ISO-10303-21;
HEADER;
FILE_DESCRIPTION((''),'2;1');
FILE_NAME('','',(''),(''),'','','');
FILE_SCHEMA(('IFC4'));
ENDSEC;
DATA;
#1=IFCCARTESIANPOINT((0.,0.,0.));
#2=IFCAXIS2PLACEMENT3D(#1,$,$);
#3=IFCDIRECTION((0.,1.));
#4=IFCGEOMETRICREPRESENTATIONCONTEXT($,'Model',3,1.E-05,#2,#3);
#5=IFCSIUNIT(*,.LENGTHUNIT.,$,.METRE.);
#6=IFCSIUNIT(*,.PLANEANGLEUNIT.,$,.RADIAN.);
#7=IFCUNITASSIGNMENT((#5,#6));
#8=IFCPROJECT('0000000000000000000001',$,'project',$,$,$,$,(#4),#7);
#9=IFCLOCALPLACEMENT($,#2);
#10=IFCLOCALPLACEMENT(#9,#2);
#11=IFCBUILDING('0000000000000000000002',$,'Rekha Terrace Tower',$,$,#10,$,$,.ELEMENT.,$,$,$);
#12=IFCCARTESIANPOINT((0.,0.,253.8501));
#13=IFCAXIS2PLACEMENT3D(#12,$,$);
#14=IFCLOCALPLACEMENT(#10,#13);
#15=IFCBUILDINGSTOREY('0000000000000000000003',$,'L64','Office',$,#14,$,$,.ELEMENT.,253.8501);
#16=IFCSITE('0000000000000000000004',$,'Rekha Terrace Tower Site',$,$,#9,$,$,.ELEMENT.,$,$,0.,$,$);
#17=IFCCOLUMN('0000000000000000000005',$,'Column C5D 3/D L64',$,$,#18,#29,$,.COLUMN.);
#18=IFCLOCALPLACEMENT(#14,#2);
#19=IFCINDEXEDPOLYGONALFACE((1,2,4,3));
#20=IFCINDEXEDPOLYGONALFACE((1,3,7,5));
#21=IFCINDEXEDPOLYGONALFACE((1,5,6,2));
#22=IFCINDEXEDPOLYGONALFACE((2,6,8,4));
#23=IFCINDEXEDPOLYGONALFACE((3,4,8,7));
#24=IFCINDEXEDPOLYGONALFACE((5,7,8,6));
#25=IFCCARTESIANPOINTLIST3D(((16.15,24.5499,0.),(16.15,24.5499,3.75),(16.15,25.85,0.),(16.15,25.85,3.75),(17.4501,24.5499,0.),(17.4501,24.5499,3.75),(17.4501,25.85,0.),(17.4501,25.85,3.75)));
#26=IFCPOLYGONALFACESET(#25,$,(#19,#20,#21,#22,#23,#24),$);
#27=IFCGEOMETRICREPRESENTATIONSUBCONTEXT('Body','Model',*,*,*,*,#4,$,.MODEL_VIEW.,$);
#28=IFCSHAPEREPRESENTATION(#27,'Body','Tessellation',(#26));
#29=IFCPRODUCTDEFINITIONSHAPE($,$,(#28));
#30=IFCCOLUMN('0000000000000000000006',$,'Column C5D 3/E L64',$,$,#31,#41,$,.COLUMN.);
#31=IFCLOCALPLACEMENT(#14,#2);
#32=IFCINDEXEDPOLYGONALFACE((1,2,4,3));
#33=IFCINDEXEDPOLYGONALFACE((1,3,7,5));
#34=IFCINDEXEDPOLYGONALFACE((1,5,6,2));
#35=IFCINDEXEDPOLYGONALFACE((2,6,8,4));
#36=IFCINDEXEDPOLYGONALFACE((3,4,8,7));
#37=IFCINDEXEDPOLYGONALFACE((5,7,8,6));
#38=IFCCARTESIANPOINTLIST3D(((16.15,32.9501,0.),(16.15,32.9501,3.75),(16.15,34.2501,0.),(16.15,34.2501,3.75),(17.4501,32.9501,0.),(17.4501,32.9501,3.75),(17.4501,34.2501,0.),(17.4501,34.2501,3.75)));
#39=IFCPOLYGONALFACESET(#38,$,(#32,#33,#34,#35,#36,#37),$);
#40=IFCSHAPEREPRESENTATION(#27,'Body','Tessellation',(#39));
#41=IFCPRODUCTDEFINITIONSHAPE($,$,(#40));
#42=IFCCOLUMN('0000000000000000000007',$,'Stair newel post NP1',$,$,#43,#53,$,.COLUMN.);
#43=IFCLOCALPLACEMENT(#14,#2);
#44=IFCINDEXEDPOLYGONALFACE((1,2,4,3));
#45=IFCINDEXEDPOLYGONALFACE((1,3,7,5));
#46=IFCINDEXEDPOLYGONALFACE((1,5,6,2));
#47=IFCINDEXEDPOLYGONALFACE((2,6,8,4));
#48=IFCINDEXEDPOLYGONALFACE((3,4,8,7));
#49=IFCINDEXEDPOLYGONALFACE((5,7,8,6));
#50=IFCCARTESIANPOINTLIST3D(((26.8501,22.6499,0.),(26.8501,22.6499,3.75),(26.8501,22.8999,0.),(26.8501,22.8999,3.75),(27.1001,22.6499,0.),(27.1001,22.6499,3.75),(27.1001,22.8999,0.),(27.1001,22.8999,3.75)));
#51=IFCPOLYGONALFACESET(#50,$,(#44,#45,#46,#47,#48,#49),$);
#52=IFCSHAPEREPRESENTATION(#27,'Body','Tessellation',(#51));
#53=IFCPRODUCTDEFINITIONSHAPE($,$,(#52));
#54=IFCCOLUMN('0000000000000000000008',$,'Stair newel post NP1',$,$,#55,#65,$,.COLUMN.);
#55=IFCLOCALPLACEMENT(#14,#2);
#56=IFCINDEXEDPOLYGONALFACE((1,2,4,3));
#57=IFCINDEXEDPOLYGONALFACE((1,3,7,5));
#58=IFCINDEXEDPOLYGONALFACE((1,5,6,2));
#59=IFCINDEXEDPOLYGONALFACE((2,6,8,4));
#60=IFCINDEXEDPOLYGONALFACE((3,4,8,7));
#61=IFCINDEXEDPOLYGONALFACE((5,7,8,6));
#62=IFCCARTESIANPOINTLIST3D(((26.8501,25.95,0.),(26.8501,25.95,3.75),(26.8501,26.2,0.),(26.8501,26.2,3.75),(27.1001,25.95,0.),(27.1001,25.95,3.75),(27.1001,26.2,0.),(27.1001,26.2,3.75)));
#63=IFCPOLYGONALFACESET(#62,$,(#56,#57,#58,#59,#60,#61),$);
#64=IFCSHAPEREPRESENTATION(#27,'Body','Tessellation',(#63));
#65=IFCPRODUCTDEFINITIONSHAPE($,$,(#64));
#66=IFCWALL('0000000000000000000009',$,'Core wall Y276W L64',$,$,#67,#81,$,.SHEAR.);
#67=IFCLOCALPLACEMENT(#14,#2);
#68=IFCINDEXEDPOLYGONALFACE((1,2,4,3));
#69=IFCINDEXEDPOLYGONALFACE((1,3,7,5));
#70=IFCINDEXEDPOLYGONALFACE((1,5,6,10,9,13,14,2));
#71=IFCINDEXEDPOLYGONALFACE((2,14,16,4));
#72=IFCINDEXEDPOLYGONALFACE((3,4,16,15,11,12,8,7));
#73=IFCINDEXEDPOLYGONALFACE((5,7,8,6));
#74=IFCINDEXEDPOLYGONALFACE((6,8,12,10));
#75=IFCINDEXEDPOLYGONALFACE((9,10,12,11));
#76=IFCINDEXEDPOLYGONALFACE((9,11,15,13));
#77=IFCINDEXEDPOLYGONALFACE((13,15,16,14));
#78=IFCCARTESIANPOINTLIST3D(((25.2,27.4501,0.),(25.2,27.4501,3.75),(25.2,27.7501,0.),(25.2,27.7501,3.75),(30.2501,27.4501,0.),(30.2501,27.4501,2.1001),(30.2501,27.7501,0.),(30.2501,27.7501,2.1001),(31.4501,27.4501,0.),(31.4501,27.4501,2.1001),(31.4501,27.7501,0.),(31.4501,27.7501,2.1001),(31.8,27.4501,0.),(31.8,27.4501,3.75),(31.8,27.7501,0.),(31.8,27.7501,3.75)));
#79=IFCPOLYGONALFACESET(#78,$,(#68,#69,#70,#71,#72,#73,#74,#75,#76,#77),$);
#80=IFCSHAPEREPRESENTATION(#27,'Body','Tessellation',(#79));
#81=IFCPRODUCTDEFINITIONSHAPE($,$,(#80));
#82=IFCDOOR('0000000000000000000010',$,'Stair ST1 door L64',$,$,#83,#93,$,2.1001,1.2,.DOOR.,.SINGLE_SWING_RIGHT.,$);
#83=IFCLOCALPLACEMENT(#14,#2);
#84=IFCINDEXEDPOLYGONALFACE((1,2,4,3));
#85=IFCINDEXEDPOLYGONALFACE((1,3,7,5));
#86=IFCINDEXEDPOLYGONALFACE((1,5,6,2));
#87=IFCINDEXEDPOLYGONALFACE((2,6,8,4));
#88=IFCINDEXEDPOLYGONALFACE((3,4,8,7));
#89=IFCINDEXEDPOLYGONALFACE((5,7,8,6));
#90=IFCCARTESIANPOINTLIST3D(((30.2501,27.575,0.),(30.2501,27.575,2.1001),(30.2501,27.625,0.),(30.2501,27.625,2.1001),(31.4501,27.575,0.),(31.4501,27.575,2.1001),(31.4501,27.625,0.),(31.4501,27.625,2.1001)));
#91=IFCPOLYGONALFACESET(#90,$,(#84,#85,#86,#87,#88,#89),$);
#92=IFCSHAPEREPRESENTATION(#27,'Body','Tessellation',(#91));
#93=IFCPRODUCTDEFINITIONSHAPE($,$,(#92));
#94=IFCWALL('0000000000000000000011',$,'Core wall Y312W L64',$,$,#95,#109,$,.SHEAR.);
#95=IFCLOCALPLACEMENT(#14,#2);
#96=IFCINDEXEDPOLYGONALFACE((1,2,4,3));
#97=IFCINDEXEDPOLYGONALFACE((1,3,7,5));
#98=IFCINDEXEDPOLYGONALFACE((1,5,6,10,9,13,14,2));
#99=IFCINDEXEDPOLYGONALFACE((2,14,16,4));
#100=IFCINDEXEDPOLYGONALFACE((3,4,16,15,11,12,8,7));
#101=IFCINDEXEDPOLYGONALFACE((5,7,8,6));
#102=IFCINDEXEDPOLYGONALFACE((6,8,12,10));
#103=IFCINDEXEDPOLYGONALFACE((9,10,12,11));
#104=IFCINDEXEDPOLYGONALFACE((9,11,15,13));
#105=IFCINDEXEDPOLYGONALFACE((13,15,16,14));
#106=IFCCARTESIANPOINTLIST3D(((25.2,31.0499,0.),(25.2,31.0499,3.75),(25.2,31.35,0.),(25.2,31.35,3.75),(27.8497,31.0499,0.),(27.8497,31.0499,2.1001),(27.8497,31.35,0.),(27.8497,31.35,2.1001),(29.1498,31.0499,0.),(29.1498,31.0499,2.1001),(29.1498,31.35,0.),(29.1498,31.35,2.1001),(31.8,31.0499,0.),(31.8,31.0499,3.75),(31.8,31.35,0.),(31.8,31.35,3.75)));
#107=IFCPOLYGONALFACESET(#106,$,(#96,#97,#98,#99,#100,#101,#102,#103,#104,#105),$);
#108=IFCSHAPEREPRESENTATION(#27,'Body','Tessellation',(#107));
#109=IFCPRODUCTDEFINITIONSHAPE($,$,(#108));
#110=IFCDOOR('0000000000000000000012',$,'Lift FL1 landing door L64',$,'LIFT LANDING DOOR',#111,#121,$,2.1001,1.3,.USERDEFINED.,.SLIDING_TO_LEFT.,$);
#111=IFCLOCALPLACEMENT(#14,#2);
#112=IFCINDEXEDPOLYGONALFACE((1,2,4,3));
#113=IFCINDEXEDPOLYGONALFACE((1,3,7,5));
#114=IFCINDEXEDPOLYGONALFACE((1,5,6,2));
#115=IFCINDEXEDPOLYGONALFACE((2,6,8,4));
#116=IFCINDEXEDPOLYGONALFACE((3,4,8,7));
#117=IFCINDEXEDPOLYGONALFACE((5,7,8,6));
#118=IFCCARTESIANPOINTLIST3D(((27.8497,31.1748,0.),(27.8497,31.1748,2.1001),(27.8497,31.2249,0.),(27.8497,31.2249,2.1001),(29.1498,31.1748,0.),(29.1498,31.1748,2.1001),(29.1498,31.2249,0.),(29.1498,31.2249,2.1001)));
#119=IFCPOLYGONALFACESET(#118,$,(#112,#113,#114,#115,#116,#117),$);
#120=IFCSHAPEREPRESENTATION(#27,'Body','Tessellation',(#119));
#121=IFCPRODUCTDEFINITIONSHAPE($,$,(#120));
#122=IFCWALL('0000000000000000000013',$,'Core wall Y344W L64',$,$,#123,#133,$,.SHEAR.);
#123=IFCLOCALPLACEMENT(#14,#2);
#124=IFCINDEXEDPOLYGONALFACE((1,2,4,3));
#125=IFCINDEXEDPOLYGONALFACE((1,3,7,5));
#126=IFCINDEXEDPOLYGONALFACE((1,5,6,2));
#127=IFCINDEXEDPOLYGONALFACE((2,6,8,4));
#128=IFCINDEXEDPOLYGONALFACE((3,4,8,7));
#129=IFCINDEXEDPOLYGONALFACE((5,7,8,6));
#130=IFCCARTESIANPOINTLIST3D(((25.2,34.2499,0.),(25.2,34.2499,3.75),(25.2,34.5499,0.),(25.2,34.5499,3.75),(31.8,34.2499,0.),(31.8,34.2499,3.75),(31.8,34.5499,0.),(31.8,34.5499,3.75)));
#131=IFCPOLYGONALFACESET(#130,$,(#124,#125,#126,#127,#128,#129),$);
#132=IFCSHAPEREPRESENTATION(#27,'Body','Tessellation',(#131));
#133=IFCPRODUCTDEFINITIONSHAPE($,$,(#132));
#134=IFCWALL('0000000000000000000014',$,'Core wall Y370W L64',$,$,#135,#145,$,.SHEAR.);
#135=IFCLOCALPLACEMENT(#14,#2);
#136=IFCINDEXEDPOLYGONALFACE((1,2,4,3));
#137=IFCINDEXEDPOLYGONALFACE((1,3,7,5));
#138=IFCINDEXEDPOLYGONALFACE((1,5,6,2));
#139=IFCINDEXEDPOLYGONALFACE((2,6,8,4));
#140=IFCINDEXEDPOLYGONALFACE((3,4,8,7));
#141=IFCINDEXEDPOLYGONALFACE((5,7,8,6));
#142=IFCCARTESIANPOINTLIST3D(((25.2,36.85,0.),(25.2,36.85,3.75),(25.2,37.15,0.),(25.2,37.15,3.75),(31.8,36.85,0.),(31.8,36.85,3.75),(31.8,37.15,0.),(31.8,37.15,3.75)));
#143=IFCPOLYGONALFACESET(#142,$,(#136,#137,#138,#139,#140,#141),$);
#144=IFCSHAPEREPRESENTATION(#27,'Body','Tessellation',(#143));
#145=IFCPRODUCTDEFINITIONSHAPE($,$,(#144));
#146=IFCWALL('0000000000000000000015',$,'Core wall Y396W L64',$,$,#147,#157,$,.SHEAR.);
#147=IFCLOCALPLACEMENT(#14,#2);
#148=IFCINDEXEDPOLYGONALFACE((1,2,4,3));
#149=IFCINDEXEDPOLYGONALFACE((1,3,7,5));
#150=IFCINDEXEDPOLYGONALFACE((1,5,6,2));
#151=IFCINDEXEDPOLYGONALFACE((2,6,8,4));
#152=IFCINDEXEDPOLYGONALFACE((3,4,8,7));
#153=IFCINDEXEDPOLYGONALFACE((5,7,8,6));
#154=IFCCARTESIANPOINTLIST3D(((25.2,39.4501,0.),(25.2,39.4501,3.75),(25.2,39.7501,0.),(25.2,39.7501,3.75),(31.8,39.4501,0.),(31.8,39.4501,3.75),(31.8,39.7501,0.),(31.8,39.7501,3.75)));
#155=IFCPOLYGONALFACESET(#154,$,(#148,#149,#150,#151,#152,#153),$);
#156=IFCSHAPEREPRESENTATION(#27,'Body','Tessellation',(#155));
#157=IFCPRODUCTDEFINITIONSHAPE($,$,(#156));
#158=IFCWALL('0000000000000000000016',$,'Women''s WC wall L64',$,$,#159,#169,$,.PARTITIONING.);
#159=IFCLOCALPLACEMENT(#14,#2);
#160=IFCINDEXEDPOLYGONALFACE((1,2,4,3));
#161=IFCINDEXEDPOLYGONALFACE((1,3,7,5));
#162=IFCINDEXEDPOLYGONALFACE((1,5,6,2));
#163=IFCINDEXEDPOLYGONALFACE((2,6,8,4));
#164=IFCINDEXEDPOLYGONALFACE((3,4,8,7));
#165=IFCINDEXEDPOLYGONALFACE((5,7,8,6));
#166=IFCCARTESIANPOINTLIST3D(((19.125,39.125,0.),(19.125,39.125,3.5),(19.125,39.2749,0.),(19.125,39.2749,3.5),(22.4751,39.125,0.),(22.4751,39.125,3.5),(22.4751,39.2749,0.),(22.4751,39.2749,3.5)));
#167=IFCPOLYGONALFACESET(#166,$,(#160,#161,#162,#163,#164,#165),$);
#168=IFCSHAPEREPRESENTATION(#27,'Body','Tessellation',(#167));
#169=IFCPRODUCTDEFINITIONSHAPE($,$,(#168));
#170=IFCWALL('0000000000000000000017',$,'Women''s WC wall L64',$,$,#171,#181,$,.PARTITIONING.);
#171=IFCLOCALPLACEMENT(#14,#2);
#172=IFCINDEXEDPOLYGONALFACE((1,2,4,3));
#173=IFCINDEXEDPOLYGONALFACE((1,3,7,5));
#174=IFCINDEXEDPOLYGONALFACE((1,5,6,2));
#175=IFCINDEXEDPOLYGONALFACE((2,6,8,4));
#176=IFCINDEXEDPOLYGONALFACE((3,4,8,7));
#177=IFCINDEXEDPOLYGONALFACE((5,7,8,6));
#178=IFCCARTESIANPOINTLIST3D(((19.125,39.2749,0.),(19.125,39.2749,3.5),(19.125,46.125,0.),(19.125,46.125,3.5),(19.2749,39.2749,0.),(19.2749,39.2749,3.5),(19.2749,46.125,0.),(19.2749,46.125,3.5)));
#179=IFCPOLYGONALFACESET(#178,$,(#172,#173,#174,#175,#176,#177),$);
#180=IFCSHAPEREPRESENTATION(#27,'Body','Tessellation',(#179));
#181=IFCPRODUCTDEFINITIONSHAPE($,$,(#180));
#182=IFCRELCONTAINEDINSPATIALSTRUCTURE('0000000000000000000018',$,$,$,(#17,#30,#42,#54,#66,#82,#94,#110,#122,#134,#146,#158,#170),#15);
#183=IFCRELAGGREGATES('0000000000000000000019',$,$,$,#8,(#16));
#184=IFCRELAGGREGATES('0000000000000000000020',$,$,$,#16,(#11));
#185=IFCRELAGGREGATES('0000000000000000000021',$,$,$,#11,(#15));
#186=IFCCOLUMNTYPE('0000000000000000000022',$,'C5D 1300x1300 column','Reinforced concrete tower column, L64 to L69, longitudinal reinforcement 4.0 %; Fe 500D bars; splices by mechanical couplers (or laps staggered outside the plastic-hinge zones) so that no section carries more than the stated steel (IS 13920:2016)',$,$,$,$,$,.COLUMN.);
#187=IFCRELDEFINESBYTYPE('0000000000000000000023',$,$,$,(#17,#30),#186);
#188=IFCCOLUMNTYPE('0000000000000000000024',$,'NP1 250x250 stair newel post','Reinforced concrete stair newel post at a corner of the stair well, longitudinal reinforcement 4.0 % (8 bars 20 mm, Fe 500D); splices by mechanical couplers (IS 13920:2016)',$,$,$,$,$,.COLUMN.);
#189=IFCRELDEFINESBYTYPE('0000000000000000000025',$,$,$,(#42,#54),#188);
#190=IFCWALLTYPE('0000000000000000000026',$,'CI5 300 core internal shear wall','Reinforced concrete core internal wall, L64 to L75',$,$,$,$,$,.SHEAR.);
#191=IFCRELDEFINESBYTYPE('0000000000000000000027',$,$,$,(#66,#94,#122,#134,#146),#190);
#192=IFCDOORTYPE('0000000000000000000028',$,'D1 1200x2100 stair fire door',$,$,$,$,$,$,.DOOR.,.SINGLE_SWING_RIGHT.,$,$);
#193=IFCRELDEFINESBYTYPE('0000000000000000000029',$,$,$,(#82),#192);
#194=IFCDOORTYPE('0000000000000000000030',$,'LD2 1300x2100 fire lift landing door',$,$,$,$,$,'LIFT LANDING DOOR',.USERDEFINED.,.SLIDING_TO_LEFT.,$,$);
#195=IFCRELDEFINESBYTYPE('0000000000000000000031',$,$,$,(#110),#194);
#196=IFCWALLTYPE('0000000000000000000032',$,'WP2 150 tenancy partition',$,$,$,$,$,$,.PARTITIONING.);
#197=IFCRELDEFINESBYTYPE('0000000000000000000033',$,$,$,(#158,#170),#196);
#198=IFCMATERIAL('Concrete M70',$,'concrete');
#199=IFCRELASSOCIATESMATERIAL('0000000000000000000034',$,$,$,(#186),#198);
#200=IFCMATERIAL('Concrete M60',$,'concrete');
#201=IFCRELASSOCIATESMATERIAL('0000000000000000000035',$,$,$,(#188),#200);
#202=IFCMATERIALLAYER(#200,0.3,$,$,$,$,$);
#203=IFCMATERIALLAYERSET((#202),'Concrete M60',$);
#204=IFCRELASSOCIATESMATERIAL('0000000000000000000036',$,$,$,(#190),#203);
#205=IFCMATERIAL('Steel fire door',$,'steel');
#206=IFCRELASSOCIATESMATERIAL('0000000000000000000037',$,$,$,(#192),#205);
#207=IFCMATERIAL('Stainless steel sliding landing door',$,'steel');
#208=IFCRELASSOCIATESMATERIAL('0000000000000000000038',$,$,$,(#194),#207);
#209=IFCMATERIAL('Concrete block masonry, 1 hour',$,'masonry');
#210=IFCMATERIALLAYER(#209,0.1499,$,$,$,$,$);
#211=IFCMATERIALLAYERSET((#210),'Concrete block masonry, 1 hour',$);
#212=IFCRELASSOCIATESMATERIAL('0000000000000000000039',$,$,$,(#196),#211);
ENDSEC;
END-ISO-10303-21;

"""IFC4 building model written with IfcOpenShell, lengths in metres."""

from ifc_helpers import new_model, si_unit, direction, frame, frame_2d, origin, origin_2d, place, context, subcontext, project, spatial, rectangle, extrude, material, layer, layer_set, material_profile, profile_set, type_object, element, fill, save


model = new_model("IFC4")

# Units and contexts
model_context = context("Model", 3, precision=1e-05, world=origin(), true_north=direction((0.0, 1.0)))
body_context = subcontext(model_context, "Body", "Model", "MODEL_VIEW")
ifc_project = project(units=[si_unit("LENGTHUNIT", "METRE"), si_unit("PLANEANGLEUNIT", "RADIAN")], contexts=[model_context])

# Site, building, storey
site_placement = place(None, origin())
site = spatial("IfcSite", under=ifc_project, at=site_placement, Name="Rekha Terrace Tower Site", CompositionType="ELEMENT", RefElevation=0.0)
building_placement = place(site_placement, origin())
building = spatial("IfcBuilding", under=site, at=building_placement, Name="Rekha Terrace Tower", CompositionType="ELEMENT")
storey_placement = place(building_placement, frame((0.0, 0.0, 253.8501)))
storey = spatial("IfcBuildingStorey", under=building, at=storey_placement, Name="L64", Description="Office", CompositionType="ELEMENT", Elevation=253.8501)

# Columns
ifc_material_1 = material(Name="Concrete M70", Category="concrete")
ifc_material_profile_1 = material_profile(ifc_material_1, rectangle(XDim=1.3, YDim=1.3, at=origin_2d()), Name="RC 1300x1300")
ifc_profile_set_1 = profile_set([ifc_material_profile_1], Name="Concrete M70")
column_type_1 = type_object("IfcColumnType", Name="C5D 1300x1300 column", Description="Reinforced concrete tower column, L64 to L69, longitudinal reinforcement 4.0 %; Fe 500D bars; splices by mechanical couplers (or laps staggered outside the plastic-hinge zones) so that no section carries more than the stated steel (IS 13920:2016)", PredefinedType="COLUMN", material=ifc_profile_set_1)
for number, where, z_axis, x_axis, name in (
    (1, (16.8, 25.2, 0.0), (0.0, 0.0, 1.0), (1.0, 0.0, 0.0), "Column C5D 3/D L64"),
    (2, (16.8, 33.6001, 0.0), (0.0, 0.0, 1.0), (1.0, 0.0, 0.0), "Column C5D 3/E L64"),
):
    element("IfcColumn", number, at=place(storey_placement, frame(where, z_axis=z_axis, x_axis=x_axis)), inside=storey, type_object=column_type_1, Name=name, PredefinedType="COLUMN", context=body_context, shape_type="SweptSolid", body=[
        extrude(rectangle(XDim=1.3, YDim=1.3, at=origin_2d()), origin(), (0.0, 0.0, 1.0), 3.75),
    ])
ifc_material_2 = material(Name="Concrete M60", Category="concrete")
ifc_material_profile_2 = material_profile(ifc_material_2, rectangle(XDim=0.25, YDim=0.25, at=origin_2d()), Name="RC 250x250")
ifc_profile_set_2 = profile_set([ifc_material_profile_2], Name="Concrete M60")
column_type_2 = type_object("IfcColumnType", Name="NP1 250x250 stair newel post", Description="Reinforced concrete stair newel post at a corner of the stair well, longitudinal reinforcement 4.0 % (8 bars 20 mm, Fe 500D); splices by mechanical couplers (IS 13920:2016)", PredefinedType="COLUMN", material=ifc_profile_set_2)
for number, where, z_axis, x_axis, name in (
    (3, (26.9751, 22.7749, 0.0), (0.0, 0.0, 1.0), (1.0, 0.0, 0.0), "Stair newel post NP1"),
    (4, (26.9751, 26.075, 0.0), (0.0, 0.0, 1.0), (1.0, 0.0, 0.0), "Stair newel post NP1"),
):
    element("IfcColumn", number, at=place(storey_placement, frame(where, z_axis=z_axis, x_axis=x_axis)), inside=storey, type_object=column_type_2, Name=name, PredefinedType="COLUMN", context=body_context, shape_type="SweptSolid", body=[
        extrude(rectangle(XDim=0.25, YDim=0.25, at=origin_2d()), origin(), (0.0, 0.0, 1.0), 3.75),
    ])

# Walls, openings, doors
ifc_layer_1 = layer(ifc_material_2, 0.3)
ifc_layer_set_1 = layer_set([ifc_layer_1], Name="Concrete M60")
wall_type_1 = type_object("IfcWallType", Name="CI5 300 core internal shear wall", Description="Reinforced concrete core internal wall, L64 to L75", PredefinedType="SHEAR", material=ifc_layer_set_1)
wall_1_placement = place(storey_placement, frame((25.2, 27.6001, 0.0), z_axis=(0.0, 0.0, 1.0), x_axis=(1.0, 0.0, 0.0)))
wall_1 = element("IfcWall", 5, at=wall_1_placement, inside=storey, type_object=wall_type_1, Name="Core wall Y276W L64", PredefinedType="SHEAR", context=body_context, shape_type="SweptSolid", body=[
    extrude(rectangle(XDim=6.6001, YDim=0.3, at=frame_2d((3.3, 0.0))), origin(), (0.0, 0.0, 1.0), 3.75),
])
opening_1_placement = place(wall_1_placement, frame((5.05, 0.0, 0.0)))
opening_1 = element("IfcOpeningElement", 6, at=opening_1_placement, cuts=wall_1, PredefinedType="OPENING", context=body_context, shape_type="SweptSolid", body=[
    extrude(rectangle(XDim=1.2, YDim=2.1001, at=frame_2d((0.6001, 1.05))), frame((0.0, 0.1599, 0.0), z_axis=(0.0, -1.0, 0.0), x_axis=(1.0, 0.0, 0.0)), (0.0, 0.0, 1.0), 0.3201),
])
ifc_material_3 = material(Name="Steel fire door", Category="steel")
door_type_1 = type_object("IfcDoorType", Name="D1 1200x2100 stair fire door", OperationType="SINGLE_SWING_RIGHT", PredefinedType="DOOR", material=ifc_material_3)
door_1_placement = place(opening_1_placement, origin())
door_1 = element("IfcDoor", 7, at=door_1_placement, inside=storey, type_object=door_type_1, Name="Stair ST1 door L64", OperationType="SINGLE_SWING_RIGHT", OverallHeight=2.1001, OverallWidth=1.2, PredefinedType="DOOR", context=body_context, shape_type="SweptSolid", body=[
    extrude(rectangle(XDim=1.2, YDim=2.1001, at=frame_2d((0.6001, 1.05))), frame((0.0, 0.0249, 0.0), z_axis=(0.0, -1.0, 0.0), x_axis=(1.0, 0.0, 0.0)), (0.0, 0.0, 1.0), 0.05),
])
fill(opening_1, door_1)
wall_2_placement = place(storey_placement, frame((25.2, 31.2, 0.0), z_axis=(0.0, 0.0, 1.0), x_axis=(1.0, 0.0, 0.0)))
wall_2 = element("IfcWall", 8, at=wall_2_placement, inside=storey, type_object=wall_type_1, Name="Core wall Y312W L64", PredefinedType="SHEAR", context=body_context, shape_type="SweptSolid", body=[
    extrude(rectangle(XDim=6.6001, YDim=0.3, at=frame_2d((3.3, 0.0))), origin(), (0.0, 0.0, 1.0), 3.75),
])
opening_2_placement = place(wall_2_placement, frame((2.6499, 0.0, 0.0)))
opening_2 = element("IfcOpeningElement", 9, at=opening_2_placement, cuts=wall_2, PredefinedType="OPENING", context=body_context, shape_type="SweptSolid", body=[
    extrude(rectangle(XDim=1.3, YDim=2.1001, at=frame_2d((0.6499, 1.05))), frame((0.0, 0.1599, 0.0), z_axis=(0.0, -1.0, 0.0), x_axis=(1.0, 0.0, 0.0)), (0.0, 0.0, 1.0), 0.3201),
])
ifc_material_4 = material(Name="Stainless steel sliding landing door", Category="steel")
door_type_2 = type_object("IfcDoorType", Name="LD2 1300x2100 fire lift landing door", ElementType="LIFT LANDING DOOR", OperationType="SLIDING_TO_LEFT", PredefinedType="USERDEFINED", material=ifc_material_4)
door_2_placement = place(opening_2_placement, origin())
door_2 = element("IfcDoor", 10, at=door_2_placement, inside=storey, type_object=door_type_2, Name="Lift FL1 landing door L64", ObjectType="LIFT LANDING DOOR", OperationType="SLIDING_TO_LEFT", OverallHeight=2.1001, OverallWidth=1.3, PredefinedType="USERDEFINED", context=body_context, shape_type="SweptSolid", body=[
    extrude(rectangle(XDim=1.3, YDim=2.1001, at=frame_2d((0.6499, 1.05))), frame((0.0, 0.0249, 0.0), z_axis=(0.0, -1.0, 0.0), x_axis=(1.0, 0.0, 0.0)), (0.0, 0.0, 1.0), 0.05),
])
fill(opening_2, door_2)

# Walls
for number, where, z_axis, x_axis, name in (
    (11, (25.2, 34.3999, 0.0), (0.0, 0.0, 1.0), (1.0, 0.0, 0.0), "Core wall Y344W L64"),
    (12, (25.2, 37.0, 0.0), (0.0, 0.0, 1.0), (1.0, 0.0, 0.0), "Core wall Y370W L64"),
    (13, (25.2, 39.6001, 0.0), (0.0, 0.0, 1.0), (1.0, 0.0, 0.0), "Core wall Y396W L64"),
):
    element("IfcWall", number, at=place(storey_placement, frame(where, z_axis=z_axis, x_axis=x_axis)), inside=storey, type_object=wall_type_1, Name=name, PredefinedType="SHEAR", context=body_context, shape_type="SweptSolid", body=[
        extrude(rectangle(XDim=6.6001, YDim=0.3, at=frame_2d((3.3, 0.0))), origin(), (0.0, 0.0, 1.0), 3.75),
    ])
ifc_material_5 = material(Name="Concrete block masonry, 1 hour", Category="masonry")
ifc_layer_2 = layer(ifc_material_5, 0.1499)
ifc_layer_set_2 = layer_set([ifc_layer_2], Name="Concrete block masonry, 1 hour")
wall_type_2 = type_object("IfcWallType", Name="WP2 150 tenancy partition", PredefinedType="PARTITIONING", material=ifc_layer_set_2)
wall_3_placement = place(storey_placement, frame((19.125, 39.2, 0.0), z_axis=(0.0, 0.0, 1.0), x_axis=(1.0, 0.0, 0.0)))
element("IfcWall", 14, at=wall_3_placement, inside=storey, type_object=wall_type_2, Name="Women's WC wall L64", PredefinedType="PARTITIONING", context=body_context, shape_type="SweptSolid", body=[
    extrude(rectangle(XDim=3.3501, YDim=0.1499, at=frame_2d((1.675, 0.0))), origin(), (0.0, 0.0, 1.0), 3.5),
])
wall_4_placement = place(storey_placement, frame((19.2, 39.2749, 0.0), z_axis=(0.0, 0.0, 1.0), x_axis=(0.0, 1.0, 0.0)))
element("IfcWall", 15, at=wall_4_placement, inside=storey, type_object=wall_type_2, Name="Women's WC wall L64", PredefinedType="PARTITIONING", context=body_context, shape_type="SweptSolid", body=[
    extrude(rectangle(XDim=6.8501, YDim=0.1499, at=frame_2d((3.425, 0.0))), origin(), (0.0, 0.0, 1.0), 3.5),
])

save(model, "model.ifc")
